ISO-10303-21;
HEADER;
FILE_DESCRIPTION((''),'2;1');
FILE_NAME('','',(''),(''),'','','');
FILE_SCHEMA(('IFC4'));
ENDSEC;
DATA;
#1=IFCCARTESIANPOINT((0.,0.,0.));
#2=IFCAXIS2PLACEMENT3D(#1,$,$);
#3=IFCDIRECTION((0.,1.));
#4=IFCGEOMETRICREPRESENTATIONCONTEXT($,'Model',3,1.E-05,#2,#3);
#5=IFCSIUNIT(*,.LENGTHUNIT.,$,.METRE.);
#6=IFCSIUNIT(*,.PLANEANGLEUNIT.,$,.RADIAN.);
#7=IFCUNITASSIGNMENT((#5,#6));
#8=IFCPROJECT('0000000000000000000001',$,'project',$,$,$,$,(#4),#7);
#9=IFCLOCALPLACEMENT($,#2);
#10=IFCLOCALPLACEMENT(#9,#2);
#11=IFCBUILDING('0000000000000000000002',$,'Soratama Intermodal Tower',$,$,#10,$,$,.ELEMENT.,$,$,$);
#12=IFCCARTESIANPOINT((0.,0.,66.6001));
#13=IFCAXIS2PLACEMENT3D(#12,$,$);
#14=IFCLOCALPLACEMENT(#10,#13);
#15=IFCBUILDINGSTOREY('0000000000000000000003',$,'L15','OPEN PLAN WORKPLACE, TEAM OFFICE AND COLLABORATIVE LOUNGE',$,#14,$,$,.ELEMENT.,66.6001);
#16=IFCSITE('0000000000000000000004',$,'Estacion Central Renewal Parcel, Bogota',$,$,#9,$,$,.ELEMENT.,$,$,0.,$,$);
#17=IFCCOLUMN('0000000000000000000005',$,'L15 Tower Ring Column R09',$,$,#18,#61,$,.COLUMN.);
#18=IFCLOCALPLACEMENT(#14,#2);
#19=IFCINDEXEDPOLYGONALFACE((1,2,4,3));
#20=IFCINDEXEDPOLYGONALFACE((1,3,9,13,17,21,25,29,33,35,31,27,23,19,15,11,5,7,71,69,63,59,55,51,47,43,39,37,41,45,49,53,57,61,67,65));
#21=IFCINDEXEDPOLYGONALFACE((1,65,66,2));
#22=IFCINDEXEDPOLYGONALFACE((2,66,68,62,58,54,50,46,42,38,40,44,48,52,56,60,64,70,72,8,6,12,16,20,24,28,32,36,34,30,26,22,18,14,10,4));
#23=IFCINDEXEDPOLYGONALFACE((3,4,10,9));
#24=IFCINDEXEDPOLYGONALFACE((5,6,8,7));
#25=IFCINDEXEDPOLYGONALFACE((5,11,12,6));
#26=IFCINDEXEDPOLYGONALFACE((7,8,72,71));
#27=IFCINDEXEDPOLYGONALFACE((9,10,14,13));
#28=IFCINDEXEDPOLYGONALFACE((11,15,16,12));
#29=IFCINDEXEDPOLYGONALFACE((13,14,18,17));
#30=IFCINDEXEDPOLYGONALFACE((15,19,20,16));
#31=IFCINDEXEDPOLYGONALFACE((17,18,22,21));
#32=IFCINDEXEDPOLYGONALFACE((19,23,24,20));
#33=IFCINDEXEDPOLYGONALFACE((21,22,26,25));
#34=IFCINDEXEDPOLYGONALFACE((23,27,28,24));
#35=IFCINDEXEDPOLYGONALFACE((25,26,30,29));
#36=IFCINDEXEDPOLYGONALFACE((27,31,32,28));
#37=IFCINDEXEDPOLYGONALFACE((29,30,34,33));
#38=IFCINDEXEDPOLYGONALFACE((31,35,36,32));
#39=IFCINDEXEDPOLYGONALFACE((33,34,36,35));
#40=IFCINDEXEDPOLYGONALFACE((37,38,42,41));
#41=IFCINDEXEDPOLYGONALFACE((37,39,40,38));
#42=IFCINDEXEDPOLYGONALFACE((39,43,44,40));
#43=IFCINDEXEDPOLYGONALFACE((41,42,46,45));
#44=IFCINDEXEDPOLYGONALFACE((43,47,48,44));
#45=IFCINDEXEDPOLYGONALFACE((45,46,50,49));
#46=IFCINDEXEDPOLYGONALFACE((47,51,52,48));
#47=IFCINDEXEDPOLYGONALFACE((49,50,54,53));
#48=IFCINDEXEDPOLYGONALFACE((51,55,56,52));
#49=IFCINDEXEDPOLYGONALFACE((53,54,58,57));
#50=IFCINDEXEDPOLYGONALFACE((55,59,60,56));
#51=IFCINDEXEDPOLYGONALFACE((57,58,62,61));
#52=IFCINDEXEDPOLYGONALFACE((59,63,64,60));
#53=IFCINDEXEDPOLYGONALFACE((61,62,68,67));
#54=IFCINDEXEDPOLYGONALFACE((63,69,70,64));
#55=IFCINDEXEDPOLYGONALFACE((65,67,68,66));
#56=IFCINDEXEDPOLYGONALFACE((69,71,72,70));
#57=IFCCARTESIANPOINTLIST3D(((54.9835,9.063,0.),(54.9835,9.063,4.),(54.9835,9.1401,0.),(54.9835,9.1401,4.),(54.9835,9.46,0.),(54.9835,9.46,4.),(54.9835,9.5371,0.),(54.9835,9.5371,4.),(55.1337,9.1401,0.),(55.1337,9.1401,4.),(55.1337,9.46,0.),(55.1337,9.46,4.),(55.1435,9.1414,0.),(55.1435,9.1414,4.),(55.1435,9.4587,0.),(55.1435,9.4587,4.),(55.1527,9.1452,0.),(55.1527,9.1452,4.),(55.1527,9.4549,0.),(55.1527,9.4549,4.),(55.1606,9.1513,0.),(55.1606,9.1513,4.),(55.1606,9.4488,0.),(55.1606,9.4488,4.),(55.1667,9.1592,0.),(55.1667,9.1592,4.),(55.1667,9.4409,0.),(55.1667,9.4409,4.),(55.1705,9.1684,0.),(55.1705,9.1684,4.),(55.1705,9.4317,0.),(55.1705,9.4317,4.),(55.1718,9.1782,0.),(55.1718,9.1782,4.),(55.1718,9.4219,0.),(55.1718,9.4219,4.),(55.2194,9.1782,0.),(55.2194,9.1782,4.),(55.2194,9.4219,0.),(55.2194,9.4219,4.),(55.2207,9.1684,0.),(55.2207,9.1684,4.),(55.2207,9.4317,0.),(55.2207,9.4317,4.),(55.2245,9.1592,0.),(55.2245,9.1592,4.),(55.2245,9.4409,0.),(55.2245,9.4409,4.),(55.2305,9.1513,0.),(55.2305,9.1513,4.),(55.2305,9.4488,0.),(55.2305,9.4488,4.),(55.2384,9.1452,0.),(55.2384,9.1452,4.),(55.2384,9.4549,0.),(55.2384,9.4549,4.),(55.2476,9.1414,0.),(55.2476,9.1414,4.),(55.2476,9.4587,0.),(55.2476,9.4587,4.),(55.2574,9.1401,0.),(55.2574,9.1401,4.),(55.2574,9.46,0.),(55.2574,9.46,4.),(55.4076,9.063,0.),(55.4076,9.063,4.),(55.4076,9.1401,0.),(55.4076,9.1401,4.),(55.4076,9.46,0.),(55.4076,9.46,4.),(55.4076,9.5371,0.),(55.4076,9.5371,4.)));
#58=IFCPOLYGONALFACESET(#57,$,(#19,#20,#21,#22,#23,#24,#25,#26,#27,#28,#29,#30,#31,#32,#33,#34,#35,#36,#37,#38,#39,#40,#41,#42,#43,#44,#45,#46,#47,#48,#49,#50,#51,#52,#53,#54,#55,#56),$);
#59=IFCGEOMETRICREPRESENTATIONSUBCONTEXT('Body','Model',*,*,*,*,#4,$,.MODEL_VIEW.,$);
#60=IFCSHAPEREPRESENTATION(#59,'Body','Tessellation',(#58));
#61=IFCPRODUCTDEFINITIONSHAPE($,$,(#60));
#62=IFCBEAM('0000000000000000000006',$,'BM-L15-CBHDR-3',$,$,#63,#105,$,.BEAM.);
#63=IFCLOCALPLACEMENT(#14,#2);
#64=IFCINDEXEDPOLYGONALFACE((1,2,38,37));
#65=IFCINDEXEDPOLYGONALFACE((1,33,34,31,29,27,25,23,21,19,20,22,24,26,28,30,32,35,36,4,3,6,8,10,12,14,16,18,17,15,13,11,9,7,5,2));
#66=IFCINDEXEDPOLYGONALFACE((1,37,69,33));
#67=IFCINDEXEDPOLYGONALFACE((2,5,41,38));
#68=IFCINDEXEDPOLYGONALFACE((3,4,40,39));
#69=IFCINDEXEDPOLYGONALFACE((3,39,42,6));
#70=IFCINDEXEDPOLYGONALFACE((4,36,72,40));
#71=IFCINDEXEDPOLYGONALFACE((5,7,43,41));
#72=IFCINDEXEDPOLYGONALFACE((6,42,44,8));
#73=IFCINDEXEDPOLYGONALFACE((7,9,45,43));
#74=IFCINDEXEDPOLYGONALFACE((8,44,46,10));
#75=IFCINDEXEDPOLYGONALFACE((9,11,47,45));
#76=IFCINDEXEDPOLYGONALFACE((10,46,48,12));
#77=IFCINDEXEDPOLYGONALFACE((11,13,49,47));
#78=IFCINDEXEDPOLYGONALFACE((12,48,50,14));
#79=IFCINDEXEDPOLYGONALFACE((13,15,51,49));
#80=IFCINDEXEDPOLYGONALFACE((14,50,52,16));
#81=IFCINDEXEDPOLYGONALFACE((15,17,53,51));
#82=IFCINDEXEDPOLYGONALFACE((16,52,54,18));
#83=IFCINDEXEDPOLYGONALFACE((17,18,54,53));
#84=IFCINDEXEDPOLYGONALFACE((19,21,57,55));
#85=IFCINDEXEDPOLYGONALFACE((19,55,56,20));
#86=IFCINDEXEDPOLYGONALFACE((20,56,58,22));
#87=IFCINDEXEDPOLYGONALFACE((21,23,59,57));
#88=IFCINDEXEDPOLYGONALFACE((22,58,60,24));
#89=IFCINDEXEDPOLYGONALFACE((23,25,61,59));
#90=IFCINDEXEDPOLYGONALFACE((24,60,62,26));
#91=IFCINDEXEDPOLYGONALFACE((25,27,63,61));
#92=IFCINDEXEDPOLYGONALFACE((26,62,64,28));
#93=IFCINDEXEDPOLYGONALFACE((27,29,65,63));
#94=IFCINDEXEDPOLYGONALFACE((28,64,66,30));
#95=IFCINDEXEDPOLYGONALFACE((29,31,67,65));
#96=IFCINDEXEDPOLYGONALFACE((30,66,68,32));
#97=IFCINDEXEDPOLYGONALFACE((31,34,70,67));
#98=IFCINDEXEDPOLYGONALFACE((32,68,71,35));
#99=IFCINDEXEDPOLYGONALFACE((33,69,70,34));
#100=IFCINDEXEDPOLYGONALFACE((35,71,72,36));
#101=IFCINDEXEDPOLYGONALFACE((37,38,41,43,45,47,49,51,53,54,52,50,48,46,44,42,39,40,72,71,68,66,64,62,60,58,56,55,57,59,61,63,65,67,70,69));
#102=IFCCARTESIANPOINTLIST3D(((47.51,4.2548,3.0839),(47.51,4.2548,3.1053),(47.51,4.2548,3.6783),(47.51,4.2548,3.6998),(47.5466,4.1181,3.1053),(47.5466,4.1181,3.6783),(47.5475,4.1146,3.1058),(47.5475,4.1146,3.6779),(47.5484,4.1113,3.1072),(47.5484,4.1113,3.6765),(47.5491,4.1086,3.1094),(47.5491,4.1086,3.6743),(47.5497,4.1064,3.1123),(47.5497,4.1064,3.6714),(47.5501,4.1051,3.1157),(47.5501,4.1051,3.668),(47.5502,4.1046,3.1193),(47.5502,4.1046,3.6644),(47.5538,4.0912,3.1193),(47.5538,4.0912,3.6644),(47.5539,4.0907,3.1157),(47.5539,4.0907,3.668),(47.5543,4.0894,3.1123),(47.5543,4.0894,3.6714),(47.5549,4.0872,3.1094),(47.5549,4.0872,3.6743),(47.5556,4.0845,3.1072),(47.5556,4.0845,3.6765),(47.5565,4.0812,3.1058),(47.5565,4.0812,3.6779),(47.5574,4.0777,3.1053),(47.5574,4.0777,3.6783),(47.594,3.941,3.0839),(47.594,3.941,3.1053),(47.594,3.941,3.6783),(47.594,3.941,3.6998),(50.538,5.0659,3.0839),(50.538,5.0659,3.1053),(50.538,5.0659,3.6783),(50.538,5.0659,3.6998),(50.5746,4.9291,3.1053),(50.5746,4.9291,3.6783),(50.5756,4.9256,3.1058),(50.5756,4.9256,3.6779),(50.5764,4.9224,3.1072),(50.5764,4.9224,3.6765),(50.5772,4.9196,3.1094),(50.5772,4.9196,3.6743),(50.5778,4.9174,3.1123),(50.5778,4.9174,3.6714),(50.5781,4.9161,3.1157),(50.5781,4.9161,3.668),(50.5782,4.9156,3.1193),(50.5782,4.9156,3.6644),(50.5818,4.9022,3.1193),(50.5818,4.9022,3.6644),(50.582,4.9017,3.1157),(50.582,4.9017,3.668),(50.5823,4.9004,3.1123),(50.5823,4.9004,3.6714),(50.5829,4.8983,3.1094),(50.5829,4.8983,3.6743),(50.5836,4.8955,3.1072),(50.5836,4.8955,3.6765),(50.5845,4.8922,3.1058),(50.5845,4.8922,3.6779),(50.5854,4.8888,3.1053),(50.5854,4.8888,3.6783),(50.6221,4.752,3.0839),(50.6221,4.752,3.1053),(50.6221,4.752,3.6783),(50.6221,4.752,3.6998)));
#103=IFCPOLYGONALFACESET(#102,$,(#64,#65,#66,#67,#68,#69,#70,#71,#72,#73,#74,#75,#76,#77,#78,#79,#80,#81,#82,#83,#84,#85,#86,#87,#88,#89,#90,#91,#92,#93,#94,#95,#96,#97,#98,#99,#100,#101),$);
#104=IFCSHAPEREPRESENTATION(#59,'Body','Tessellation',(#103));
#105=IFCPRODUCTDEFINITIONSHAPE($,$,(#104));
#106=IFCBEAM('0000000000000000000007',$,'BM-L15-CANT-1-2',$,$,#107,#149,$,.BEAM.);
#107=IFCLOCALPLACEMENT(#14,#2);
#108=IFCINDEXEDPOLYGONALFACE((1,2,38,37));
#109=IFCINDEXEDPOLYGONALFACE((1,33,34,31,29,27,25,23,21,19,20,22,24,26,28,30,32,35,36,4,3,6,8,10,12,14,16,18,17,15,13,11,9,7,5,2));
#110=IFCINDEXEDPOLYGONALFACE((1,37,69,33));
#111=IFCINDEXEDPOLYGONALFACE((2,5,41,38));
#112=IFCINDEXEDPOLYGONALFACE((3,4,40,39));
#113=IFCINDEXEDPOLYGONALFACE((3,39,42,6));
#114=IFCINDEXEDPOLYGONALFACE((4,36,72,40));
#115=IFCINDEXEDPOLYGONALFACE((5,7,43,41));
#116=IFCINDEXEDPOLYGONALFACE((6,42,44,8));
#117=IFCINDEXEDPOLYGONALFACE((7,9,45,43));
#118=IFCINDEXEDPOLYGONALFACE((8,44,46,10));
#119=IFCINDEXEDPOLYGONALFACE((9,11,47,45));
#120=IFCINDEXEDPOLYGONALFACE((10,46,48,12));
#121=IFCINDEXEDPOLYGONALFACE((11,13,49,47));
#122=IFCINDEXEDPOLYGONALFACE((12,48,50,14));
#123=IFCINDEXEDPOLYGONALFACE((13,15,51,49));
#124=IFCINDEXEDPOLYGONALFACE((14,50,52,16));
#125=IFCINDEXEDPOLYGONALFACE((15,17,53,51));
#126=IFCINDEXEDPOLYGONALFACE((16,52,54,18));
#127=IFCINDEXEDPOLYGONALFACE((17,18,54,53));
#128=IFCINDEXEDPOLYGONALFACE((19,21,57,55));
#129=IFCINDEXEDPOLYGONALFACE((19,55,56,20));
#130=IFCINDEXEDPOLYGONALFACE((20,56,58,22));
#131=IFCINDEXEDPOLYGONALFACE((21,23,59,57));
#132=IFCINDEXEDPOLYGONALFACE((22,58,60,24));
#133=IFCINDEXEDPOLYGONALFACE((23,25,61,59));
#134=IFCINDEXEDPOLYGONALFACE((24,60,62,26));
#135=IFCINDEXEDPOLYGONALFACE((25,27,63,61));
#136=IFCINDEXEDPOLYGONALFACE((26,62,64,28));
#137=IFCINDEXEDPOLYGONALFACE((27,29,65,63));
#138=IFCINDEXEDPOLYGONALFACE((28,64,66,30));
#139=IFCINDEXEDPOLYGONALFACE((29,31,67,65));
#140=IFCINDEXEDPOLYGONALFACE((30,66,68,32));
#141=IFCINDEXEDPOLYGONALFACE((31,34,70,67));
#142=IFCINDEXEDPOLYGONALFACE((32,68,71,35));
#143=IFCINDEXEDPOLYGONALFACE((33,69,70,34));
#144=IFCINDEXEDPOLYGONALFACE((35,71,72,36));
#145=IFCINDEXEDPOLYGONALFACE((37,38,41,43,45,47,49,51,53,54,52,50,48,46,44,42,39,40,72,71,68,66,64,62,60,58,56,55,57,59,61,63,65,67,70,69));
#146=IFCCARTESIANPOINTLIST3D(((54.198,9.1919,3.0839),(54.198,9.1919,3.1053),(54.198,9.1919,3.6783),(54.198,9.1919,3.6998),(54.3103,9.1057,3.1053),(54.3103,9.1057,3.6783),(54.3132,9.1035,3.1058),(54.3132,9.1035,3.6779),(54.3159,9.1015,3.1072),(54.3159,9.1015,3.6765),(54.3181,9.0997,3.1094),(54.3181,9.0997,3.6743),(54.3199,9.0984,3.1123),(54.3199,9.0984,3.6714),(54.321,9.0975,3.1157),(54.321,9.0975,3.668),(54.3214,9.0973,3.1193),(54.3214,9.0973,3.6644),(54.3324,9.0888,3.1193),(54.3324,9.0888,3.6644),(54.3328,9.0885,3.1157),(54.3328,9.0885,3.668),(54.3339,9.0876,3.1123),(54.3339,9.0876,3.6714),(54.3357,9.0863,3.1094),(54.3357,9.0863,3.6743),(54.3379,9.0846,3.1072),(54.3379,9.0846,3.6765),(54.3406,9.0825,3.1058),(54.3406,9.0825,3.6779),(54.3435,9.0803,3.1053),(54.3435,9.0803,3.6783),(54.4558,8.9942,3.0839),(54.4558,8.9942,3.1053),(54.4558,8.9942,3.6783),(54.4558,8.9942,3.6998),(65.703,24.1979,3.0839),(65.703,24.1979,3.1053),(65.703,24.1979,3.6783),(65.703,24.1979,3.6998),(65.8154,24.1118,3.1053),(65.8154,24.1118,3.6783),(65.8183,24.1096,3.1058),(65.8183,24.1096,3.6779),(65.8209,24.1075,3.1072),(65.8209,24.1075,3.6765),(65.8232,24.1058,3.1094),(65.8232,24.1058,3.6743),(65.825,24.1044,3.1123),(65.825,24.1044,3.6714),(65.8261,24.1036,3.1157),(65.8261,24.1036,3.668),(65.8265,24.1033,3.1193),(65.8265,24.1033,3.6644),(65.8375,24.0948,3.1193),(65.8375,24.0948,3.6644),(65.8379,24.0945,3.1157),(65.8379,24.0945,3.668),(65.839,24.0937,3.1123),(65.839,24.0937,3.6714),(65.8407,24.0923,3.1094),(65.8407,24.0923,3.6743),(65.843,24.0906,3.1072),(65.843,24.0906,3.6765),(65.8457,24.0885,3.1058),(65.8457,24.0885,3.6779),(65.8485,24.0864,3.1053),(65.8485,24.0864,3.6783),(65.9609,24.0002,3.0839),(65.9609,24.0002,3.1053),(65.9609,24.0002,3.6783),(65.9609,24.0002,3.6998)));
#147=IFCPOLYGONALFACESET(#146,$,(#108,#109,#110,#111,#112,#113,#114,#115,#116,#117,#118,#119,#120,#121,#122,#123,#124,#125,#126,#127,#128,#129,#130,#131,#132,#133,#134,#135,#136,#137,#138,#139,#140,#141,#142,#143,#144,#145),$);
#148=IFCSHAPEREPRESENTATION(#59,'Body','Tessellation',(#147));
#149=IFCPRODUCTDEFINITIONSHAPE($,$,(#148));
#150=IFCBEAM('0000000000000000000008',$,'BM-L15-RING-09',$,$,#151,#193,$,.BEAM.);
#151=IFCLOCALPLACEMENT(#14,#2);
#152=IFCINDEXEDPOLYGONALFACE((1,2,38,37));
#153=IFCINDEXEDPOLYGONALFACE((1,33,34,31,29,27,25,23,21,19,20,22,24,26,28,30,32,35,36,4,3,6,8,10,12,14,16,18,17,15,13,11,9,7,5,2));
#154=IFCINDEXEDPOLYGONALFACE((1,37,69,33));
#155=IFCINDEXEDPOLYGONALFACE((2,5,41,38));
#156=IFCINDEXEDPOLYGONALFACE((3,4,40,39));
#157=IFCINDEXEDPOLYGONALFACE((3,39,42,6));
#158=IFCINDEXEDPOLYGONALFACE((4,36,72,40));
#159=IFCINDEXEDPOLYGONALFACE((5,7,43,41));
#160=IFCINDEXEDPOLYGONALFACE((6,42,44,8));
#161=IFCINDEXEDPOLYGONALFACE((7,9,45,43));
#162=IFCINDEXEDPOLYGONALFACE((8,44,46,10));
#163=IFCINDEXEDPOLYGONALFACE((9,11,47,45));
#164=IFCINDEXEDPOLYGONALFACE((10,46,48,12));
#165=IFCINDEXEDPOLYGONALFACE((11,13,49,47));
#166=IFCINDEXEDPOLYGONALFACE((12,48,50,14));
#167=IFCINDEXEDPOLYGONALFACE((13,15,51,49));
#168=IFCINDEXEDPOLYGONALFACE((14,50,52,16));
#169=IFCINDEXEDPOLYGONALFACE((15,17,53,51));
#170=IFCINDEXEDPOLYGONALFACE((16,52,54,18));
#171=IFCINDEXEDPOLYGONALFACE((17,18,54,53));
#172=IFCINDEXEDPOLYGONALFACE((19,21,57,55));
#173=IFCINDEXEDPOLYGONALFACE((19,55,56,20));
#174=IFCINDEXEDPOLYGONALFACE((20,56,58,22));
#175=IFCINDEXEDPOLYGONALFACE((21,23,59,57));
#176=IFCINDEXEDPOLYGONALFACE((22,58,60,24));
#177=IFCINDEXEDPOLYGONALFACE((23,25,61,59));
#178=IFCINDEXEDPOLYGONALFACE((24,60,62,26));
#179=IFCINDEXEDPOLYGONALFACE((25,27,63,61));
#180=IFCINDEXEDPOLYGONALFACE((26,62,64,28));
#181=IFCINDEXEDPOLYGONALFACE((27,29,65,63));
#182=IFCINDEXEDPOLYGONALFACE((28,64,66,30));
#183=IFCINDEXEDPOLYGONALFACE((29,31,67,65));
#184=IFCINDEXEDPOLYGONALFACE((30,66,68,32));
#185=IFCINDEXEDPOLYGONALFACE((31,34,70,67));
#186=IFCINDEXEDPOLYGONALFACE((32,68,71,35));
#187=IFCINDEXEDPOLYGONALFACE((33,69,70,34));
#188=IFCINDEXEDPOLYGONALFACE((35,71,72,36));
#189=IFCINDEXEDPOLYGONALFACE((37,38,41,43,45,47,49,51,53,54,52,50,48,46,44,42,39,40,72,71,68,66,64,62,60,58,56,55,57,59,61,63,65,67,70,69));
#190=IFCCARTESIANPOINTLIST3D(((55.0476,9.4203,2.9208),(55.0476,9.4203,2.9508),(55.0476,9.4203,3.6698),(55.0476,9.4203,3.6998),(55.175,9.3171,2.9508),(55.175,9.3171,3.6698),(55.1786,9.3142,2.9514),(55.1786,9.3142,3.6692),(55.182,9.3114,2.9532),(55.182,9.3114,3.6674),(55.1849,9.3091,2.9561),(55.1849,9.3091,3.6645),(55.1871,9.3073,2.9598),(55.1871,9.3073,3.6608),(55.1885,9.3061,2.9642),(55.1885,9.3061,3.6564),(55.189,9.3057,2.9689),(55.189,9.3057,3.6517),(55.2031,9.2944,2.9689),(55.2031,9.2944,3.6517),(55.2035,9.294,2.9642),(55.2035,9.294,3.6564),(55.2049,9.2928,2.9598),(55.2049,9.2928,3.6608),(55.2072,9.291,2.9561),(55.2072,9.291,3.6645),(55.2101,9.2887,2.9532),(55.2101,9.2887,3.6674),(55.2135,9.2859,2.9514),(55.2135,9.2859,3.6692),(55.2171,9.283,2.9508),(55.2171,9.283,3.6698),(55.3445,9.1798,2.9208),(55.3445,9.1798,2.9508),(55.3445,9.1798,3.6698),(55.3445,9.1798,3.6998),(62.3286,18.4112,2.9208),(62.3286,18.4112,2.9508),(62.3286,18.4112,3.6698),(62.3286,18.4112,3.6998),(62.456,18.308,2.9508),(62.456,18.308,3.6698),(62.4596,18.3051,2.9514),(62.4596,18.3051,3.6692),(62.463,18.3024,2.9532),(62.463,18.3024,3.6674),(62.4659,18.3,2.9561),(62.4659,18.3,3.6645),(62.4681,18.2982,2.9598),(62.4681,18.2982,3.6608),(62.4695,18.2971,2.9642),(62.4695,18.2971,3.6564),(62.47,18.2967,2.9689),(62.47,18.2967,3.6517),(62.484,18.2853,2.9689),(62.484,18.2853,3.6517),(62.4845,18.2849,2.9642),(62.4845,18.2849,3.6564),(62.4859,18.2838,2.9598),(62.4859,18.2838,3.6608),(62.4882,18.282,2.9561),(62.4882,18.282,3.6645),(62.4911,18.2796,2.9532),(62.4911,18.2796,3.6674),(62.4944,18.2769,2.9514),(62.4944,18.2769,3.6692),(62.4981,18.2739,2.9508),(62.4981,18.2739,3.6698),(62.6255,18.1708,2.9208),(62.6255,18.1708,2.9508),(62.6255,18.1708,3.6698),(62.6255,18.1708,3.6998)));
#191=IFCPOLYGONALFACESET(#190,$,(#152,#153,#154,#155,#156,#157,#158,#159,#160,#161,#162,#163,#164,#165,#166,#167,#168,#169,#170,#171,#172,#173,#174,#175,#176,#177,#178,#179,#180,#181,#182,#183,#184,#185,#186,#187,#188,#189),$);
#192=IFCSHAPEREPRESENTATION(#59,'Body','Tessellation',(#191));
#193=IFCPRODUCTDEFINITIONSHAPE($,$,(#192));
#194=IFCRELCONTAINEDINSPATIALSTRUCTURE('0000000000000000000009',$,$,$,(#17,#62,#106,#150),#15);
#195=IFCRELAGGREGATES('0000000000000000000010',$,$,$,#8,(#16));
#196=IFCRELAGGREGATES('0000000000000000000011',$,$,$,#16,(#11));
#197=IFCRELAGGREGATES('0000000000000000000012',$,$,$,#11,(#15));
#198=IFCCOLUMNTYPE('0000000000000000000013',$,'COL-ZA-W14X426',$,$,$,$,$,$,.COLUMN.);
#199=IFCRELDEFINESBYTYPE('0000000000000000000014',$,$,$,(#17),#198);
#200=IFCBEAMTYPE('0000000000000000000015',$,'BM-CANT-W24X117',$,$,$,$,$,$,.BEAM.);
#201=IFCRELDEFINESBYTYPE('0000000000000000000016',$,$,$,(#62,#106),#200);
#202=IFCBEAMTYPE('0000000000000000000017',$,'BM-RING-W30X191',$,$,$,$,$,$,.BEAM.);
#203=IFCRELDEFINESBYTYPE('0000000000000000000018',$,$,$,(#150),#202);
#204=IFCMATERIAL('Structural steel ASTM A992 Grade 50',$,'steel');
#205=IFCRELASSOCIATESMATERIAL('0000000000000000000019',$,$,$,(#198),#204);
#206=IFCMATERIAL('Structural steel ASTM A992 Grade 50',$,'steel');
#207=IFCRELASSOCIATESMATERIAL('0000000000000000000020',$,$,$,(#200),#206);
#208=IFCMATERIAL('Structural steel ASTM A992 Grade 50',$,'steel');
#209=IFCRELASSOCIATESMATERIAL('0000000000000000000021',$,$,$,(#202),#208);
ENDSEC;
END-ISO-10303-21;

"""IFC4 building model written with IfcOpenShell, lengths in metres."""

from ifc_helpers import new_model, si_unit, direction, frame, origin, origin_2d, place, context, subcontext, project, spatial, i_section, extrude, material, material_profile, profile_set, type_object, element, save


model = new_model("IFC4")

# Units and contexts
model_context = context("Model", 3, precision=1e-05, world=origin(), true_north=direction((0.0, 1.0)))
body_context = subcontext(model_context, "Body", "Model", "MODEL_VIEW")
ifc_project = project(units=[si_unit("LENGTHUNIT", "METRE"), si_unit("PLANEANGLEUNIT", "RADIAN")], contexts=[model_context])

# Site, building, storey
site_placement = place(None, origin())
site = spatial("IfcSite", under=ifc_project, at=site_placement, Name="Estacion Central Renewal Parcel, Bogota", CompositionType="ELEMENT", RefElevation=0.0)
building_placement = place(site_placement, origin())
building = spatial("IfcBuilding", under=site, at=building_placement, Name="Soratama Intermodal Tower", CompositionType="ELEMENT")
storey_placement = place(building_placement, frame((0.0, 0.0, 66.6001)))
storey = spatial("IfcBuildingStorey", under=building, at=storey_placement, Name="L15", Description="OPEN PLAN WORKPLACE, TEAM OFFICE AND COLLABORATIVE LOUNGE", CompositionType="ELEMENT", Elevation=66.6001)

# Column
ifc_material_1 = material(Name="Structural steel ASTM A992 Grade 50", Category="steel")
ifc_material_profile_1 = material_profile(ifc_material_1, i_section(OverallWidth=0.4241, OverallDepth=0.4741, WebThickness=0.0476, FlangeThickness=0.0771, FilletRadius=0.0381, at=origin_2d()), Name="W14X426")
ifc_profile_set_1 = profile_set([ifc_material_profile_1], Name="Structural steel ASTM A992 Grade 50")
column_type = type_object("IfcColumnType", Name="COL-ZA-W14X426", PredefinedType="COLUMN", material=ifc_profile_set_1)
column_placement = place(storey_placement, frame((55.1956, 9.3, 0.0), z_axis=(0.0, 0.0, 1.0), x_axis=(1.0, 0.0, 0.0)))
element("IfcColumn", 1, at=column_placement, inside=storey, type_object=column_type, Name="L15 Tower Ring Column R09", PredefinedType="COLUMN", context=body_context, shape_type="SweptSolid", body=[
    extrude(i_section(OverallWidth=0.4241, OverallDepth=0.4741, WebThickness=0.0476, FlangeThickness=0.0771, FilletRadius=0.0381, at=origin_2d()), origin(), (0.0, 0.0, 1.0), 4.0),
])

# Beams
ifc_material_2 = material(Name="Structural steel ASTM A992 Grade 50", Category="steel")
ifc_material_profile_2 = material_profile(ifc_material_2, i_section(OverallWidth=0.325, OverallDepth=0.616, WebThickness=0.0139, FlangeThickness=0.0215, FilletRadius=0.0139, at=origin_2d()), Name="W24X117")
ifc_profile_set_2 = profile_set([ifc_material_profile_2], Name="Structural steel ASTM A992 Grade 50")
beam_type_1 = type_object("IfcBeamType", Name="BM-CANT-W24X117", PredefinedType="BEAM", material=ifc_profile_set_2)
beam_1_placement = place(storey_placement, frame((47.552, 4.0979, 3.3918), z_axis=(0.965953, 0.258719, 0.0), x_axis=(-0.258719, 0.965953, 0.0)))
element("IfcBeam", 2, at=beam_1_placement, inside=storey, type_object=beam_type_1, Name="BM-L15-CBHDR-3", PredefinedType="BEAM", context=body_context, shape_type="SweptSolid", body=[
    extrude(i_section(OverallWidth=0.325, OverallDepth=0.616, WebThickness=0.0139, FlangeThickness=0.0215, FilletRadius=0.0139, at=origin_2d()), origin(), (0.0, 0.0, 1.0), 3.1348),
])
beam_2_placement = place(storey_placement, frame((54.3269, 9.093, 3.3918), z_axis=(0.608446, 0.793595, 0.0), x_axis=(-0.793595, 0.608446, 0.0)))
element("IfcBeam", 3, at=beam_2_placement, inside=storey, type_object=beam_type_1, Name="BM-L15-CANT-1-2", PredefinedType="BEAM", context=body_context, shape_type="SweptSolid", body=[
    extrude(i_section(OverallWidth=0.325, OverallDepth=0.616, WebThickness=0.0139, FlangeThickness=0.0215, FilletRadius=0.0139, at=origin_2d()), origin(), (0.0, 0.0, 1.0), 18.9089),
])
ifc_material_3 = material(Name="Structural steel ASTM A992 Grade 50", Category="steel")
ifc_material_profile_3 = material_profile(ifc_material_3, i_section(OverallWidth=0.3821, OverallDepth=0.7791, WebThickness=0.0181, FlangeThickness=0.03, FilletRadius=0.0181, at=origin_2d()), Name="W30X191")
ifc_profile_set_3 = profile_set([ifc_material_profile_3], Name="Structural steel ASTM A992 Grade 50")
beam_type_2 = type_object("IfcBeamType", Name="BM-RING-W30X191", PredefinedType="BEAM", material=ifc_profile_set_3)
beam_3_placement = place(storey_placement, frame((55.196, 9.3, 3.3103), z_axis=(0.629334, 0.777135, 0.0), x_axis=(-0.777135, 0.629334, 0.0)))
element("IfcBeam", 4, at=beam_3_placement, inside=storey, type_object=beam_type_2, Name="BM-L15-RING-09", PredefinedType="BEAM", context=body_context, shape_type="SweptSolid", body=[
    extrude(i_section(OverallWidth=0.3821, OverallDepth=0.7791, WebThickness=0.0181, FlangeThickness=0.03, FilletRadius=0.0181, at=origin_2d()), origin(), (0.0, 0.0, 1.0), 11.5693),
])

save(model, "model.ifc")
